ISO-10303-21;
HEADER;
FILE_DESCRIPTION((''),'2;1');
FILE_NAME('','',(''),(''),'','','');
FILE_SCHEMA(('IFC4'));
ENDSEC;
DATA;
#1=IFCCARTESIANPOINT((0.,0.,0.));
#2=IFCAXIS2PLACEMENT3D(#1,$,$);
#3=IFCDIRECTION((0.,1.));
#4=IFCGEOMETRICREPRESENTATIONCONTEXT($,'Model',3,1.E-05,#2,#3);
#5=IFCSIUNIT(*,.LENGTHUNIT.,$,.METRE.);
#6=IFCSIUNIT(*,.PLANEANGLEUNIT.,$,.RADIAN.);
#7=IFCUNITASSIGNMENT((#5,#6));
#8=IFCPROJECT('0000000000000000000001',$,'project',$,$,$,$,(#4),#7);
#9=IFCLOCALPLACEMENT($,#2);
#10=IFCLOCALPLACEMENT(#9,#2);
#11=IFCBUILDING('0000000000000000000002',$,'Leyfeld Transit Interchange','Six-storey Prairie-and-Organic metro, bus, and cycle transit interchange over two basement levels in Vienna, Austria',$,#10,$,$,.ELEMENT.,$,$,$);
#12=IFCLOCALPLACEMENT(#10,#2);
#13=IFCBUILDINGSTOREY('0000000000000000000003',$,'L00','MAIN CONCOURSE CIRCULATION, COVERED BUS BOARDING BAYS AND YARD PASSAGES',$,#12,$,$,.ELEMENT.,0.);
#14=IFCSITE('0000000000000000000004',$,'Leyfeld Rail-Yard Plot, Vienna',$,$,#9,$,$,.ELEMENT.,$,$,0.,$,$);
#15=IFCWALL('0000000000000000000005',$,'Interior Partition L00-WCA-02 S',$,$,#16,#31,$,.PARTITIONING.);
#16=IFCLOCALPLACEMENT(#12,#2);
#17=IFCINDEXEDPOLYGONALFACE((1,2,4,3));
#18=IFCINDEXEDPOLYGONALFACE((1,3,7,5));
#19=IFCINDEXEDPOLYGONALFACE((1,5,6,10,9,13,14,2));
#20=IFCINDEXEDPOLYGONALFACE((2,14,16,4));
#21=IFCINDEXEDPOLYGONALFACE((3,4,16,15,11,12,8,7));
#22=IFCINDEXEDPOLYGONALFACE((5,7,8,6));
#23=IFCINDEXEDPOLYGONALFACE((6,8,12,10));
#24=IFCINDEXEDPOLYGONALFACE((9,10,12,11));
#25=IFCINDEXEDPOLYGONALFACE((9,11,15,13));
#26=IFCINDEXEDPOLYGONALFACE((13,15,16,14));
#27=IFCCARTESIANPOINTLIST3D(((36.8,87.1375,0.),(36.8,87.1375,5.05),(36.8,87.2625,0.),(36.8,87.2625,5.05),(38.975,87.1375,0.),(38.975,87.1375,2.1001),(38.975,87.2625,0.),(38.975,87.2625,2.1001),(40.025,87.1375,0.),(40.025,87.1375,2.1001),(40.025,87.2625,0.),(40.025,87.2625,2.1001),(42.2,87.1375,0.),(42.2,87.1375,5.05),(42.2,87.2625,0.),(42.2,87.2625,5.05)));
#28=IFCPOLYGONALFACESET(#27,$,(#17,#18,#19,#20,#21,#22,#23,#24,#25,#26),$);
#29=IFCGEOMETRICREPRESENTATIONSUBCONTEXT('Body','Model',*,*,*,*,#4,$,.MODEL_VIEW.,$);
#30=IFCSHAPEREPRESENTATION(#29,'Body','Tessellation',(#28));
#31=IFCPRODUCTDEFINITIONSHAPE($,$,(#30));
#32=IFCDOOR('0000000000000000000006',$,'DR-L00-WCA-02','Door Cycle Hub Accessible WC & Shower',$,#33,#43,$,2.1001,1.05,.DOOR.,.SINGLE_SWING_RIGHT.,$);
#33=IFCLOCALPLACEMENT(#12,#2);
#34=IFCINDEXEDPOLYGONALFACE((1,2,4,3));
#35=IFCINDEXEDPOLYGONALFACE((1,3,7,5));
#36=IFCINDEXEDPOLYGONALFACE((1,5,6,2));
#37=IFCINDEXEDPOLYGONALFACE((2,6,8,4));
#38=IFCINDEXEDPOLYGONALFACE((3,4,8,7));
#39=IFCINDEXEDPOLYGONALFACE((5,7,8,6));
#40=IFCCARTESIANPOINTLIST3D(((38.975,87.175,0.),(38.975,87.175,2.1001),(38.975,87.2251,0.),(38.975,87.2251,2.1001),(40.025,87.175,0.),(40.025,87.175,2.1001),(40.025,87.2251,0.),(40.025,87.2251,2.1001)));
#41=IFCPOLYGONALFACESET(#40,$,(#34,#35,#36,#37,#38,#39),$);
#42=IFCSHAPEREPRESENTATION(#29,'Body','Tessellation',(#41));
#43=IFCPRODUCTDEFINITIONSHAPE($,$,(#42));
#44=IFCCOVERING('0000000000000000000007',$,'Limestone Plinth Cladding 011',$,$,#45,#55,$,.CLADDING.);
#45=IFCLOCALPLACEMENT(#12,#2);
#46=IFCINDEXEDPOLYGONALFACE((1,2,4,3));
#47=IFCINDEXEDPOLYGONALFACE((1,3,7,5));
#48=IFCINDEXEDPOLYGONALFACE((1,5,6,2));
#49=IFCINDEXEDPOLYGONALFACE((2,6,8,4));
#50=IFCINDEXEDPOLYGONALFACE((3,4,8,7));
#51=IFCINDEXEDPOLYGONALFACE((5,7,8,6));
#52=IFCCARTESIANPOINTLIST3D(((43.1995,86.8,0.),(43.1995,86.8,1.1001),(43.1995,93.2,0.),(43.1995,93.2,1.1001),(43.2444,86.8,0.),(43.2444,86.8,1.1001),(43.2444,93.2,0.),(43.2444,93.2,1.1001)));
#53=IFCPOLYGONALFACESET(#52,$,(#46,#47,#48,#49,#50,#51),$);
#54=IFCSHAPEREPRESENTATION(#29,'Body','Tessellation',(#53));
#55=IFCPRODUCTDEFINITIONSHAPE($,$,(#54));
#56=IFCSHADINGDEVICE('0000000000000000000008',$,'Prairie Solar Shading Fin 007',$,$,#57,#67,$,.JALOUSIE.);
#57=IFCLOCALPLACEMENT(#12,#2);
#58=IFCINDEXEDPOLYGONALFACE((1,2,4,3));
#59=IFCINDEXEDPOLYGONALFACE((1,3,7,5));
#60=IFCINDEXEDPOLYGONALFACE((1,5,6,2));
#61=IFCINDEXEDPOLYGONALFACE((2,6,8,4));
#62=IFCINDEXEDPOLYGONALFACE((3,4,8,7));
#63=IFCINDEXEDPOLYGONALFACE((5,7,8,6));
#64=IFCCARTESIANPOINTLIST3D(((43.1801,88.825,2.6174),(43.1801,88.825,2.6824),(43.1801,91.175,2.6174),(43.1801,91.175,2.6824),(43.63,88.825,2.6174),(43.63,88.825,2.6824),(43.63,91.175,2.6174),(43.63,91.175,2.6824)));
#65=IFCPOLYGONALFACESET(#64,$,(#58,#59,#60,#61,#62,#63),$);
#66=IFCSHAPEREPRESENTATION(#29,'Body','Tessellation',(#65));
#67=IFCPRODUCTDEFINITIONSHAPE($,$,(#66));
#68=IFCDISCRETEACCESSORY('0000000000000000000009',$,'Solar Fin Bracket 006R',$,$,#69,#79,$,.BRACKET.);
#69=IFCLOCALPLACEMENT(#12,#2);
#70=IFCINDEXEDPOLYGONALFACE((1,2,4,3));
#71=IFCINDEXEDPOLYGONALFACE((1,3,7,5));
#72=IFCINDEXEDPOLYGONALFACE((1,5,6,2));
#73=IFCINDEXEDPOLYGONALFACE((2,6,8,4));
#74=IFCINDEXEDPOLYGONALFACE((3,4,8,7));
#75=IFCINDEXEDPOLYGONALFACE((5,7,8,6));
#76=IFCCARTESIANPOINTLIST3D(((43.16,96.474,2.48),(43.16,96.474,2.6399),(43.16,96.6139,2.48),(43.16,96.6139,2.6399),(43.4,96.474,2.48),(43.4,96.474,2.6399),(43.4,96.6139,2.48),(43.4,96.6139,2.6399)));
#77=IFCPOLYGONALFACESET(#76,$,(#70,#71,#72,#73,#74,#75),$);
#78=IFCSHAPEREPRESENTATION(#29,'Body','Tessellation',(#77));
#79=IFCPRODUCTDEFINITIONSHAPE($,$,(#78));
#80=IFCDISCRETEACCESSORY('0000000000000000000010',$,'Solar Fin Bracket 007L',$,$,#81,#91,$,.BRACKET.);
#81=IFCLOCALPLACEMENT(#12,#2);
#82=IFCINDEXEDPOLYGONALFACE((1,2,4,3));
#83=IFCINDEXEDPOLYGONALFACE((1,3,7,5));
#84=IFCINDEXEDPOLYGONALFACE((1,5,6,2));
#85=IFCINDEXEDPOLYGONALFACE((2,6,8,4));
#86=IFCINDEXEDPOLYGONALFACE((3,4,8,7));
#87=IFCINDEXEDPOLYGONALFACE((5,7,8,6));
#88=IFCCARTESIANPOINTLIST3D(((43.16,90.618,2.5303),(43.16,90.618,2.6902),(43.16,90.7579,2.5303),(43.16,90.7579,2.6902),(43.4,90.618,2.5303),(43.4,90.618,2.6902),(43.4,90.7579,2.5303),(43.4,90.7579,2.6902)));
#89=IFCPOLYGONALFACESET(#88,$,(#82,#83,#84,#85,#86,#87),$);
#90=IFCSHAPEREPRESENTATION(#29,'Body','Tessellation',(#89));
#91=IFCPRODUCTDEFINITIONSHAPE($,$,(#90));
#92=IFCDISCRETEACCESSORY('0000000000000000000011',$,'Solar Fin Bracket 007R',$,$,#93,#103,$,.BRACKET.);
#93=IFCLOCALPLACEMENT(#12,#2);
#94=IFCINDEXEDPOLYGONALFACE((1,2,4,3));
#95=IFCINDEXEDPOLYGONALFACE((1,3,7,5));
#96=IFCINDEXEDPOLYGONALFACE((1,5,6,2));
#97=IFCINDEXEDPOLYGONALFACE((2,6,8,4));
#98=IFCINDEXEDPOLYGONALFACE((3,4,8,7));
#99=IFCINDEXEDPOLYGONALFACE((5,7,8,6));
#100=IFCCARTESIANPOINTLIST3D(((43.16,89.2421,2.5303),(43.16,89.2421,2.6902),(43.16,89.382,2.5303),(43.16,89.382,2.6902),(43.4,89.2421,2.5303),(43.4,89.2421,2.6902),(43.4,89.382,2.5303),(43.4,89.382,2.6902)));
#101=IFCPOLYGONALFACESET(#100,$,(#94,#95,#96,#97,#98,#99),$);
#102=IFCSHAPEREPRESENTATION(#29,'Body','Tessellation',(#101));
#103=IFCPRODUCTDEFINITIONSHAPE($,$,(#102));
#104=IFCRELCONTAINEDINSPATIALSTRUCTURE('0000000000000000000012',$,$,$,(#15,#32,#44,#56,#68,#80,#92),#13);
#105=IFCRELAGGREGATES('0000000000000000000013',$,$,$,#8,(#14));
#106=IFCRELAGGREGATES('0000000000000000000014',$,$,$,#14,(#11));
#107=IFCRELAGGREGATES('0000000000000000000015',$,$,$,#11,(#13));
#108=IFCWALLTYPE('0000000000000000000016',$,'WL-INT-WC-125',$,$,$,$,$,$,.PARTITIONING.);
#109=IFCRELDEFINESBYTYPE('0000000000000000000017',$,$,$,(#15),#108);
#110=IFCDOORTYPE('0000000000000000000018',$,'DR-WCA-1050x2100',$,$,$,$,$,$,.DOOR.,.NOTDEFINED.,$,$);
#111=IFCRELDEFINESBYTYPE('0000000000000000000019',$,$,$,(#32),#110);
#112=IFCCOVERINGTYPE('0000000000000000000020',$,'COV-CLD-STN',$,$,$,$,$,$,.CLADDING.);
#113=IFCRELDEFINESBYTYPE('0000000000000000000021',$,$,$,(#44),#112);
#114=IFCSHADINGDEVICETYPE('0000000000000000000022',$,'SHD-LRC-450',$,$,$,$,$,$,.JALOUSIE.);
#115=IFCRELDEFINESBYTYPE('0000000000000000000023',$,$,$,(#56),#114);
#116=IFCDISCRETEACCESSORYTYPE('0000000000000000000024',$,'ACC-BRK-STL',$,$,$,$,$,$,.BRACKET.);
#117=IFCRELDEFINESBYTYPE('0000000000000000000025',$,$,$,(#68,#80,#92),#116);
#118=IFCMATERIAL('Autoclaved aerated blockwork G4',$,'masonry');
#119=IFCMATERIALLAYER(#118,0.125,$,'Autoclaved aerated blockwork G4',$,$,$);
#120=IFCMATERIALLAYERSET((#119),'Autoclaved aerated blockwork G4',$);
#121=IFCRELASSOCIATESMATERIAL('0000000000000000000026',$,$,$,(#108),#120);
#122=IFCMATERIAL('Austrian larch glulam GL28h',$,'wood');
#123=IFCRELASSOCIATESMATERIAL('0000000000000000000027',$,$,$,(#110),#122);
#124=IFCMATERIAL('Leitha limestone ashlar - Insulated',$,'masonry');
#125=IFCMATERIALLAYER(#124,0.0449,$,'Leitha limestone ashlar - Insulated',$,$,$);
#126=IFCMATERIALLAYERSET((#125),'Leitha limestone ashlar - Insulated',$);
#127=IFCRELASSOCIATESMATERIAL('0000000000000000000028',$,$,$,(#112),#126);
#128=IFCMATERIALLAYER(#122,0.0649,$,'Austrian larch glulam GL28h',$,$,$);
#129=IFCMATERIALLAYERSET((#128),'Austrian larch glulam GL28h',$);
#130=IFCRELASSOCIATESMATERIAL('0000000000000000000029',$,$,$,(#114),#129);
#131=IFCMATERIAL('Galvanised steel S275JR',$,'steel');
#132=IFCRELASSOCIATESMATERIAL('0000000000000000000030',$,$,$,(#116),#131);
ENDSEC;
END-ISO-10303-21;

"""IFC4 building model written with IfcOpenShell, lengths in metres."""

from ifc_helpers import new_model, si_unit, direction, frame, frame_2d, origin, origin_2d, place, context, subcontext, project, spatial, rectangle, extrude, material, layer, layer_set, type_object, element, fill, save


model = new_model("IFC4")

# Units and contexts
model_context = context("Model", 3, precision=1e-05, world=origin(), true_north=direction((0.0, 1.0)))
body_context = subcontext(model_context, "Body", "Model", "MODEL_VIEW")
ifc_project = project(units=[si_unit("LENGTHUNIT", "METRE"), si_unit("PLANEANGLEUNIT", "RADIAN")], contexts=[model_context])

# Site, building, storey
site_placement = place(None, origin())
site = spatial("IfcSite", under=ifc_project, at=site_placement, Name="Leyfeld Rail-Yard Plot, Vienna", CompositionType="ELEMENT", RefElevation=0.0)
building_placement = place(site_placement, origin())
building = spatial("IfcBuilding", under=site, at=building_placement, Name="Leyfeld Transit Interchange", Description="Six-storey Prairie-and-Organic metro, bus, and cycle transit interchange over two basement levels in Vienna, Austria", CompositionType="ELEMENT")
storey_placement = place(building_placement, origin())
storey = spatial("IfcBuildingStorey", under=building, at=storey_placement, Name="L00", Description="MAIN CONCOURSE CIRCULATION, COVERED BUS BOARDING BAYS AND YARD PASSAGES", CompositionType="ELEMENT", Elevation=0.0)

# Wall, opening, door
ifc_material_1 = material(Name="Autoclaved aerated blockwork G4", Category="masonry")
ifc_layer_1 = layer(ifc_material_1, 0.125, Name="Autoclaved aerated blockwork G4")
ifc_layer_set_1 = layer_set([ifc_layer_1], Name="Autoclaved aerated blockwork G4")
wall_type_1 = type_object("IfcWallType", Name="WL-INT-WC-125", PredefinedType="PARTITIONING", material=ifc_layer_set_1)
wall_1_placement = place(storey_placement, frame((42.2, 87.2, 0.0), z_axis=(0.0, 0.0, 1.0), x_axis=(-1.0, 0.0, 0.0)))
wall_1 = element("IfcWall", 1, at=wall_1_placement, inside=storey, type_object=wall_type_1, Name="Interior Partition L00-WCA-02 S", PredefinedType="PARTITIONING", context=body_context, shape_type="SweptSolid", body=[
    extrude(rectangle(XDim=5.3999, YDim=0.125, at=frame_2d((2.7, 0.0))), origin(), (0.0, 0.0, 1.0), 5.05),
])
opening_1_placement = place(wall_1_placement, frame((2.175, 0.0, 0.0)))
opening_1 = element("IfcOpeningElement", 2, at=opening_1_placement, cuts=wall_1, PredefinedType="OPENING", context=body_context, shape_type="SweptSolid", body=[
    extrude(rectangle(XDim=1.05, YDim=2.1001, at=frame_2d((0.5249, 1.05))), frame((0.0, 0.0725, 0.0), z_axis=(0.0, -1.0, 0.0), x_axis=(1.0, 0.0, 0.0)), (0.0, 0.0, 1.0), 0.145),
])
ifc_material_2 = material(Name="Austrian larch glulam GL28h", Category="wood")
door_type = type_object("IfcDoorType", Name="DR-WCA-1050x2100", OperationType="NOTDEFINED", PredefinedType="DOOR", material=ifc_material_2)
door_placement = place(opening_1_placement, origin())
door = element("IfcDoor", 3, at=door_placement, inside=storey, type_object=door_type, Name="DR-L00-WCA-02", Description="Door Cycle Hub Accessible WC & Shower", OperationType="SINGLE_SWING_RIGHT", OverallHeight=2.1001, OverallWidth=1.05, PredefinedType="DOOR", context=body_context, shape_type="SweptSolid", body=[
    extrude(rectangle(XDim=1.05, YDim=2.1001, at=frame_2d((0.5249, 1.05))), frame((0.0, 0.0249, 0.0), z_axis=(0.0, -1.0, 0.0), x_axis=(1.0, 0.0, 0.0)), (0.0, 0.0, 1.0), 0.05),
])
fill(opening_1, door)

# Covering
ifc_material_3 = material(Name="Leitha limestone ashlar - Insulated", Category="masonry")
ifc_layer_2 = layer(ifc_material_3, 0.0449, Name="Leitha limestone ashlar - Insulated")
ifc_layer_set_2 = layer_set([ifc_layer_2], Name="Leitha limestone ashlar - Insulated")
covering_type = type_object("IfcCoveringType", Name="COV-CLD-STN", PredefinedType="CLADDING", material=ifc_layer_set_2)
covering_placement = place(storey_placement, frame((43.2219, 90.0, 0.0), z_axis=(0.0, 0.0, 1.0), x_axis=(0.0, -1.0, 0.0)))
element("IfcCovering", 4, at=covering_placement, inside=storey, type_object=covering_type, Name="Limestone Plinth Cladding 011", PredefinedType="CLADDING", context=body_context, shape_type="SweptSolid", body=[
    extrude(rectangle(XDim=6.3999, YDim=0.0449, at=origin_2d()), origin(), (0.0, 0.0, 1.0), 1.1001),
])

# Shading device
ifc_layer_3 = layer(ifc_material_2, 0.0649, Name="Austrian larch glulam GL28h")
ifc_layer_set_3 = layer_set([ifc_layer_3], Name="Austrian larch glulam GL28h")
shading_device_type = type_object("IfcShadingDeviceType", Name="SHD-LRC-450", PredefinedType="JALOUSIE", material=ifc_layer_set_3)
shading_device_placement = place(storey_placement, frame((43.405, 90.0, 2.6174), z_axis=(0.0, 0.0, 1.0), x_axis=(0.0, -1.0, 0.0)))
element("IfcShadingDevice", 5, at=shading_device_placement, inside=storey, type_object=shading_device_type, Name="Prairie Solar Shading Fin 007", PredefinedType="JALOUSIE", context=body_context, shape_type="SweptSolid", body=[
    extrude(rectangle(XDim=2.3501, YDim=0.45, at=origin_2d()), origin(), (0.0, 0.0, 1.0), 0.0649),
])

# Discrete accessories
ifc_material_4 = material(Name="Galvanised steel S275JR", Category="steel")
discrete_accessory_type = type_object("IfcDiscreteAccessoryType", Name="ACC-BRK-STL", PredefinedType="BRACKET", material=ifc_material_4)
for number, where, z_axis, x_axis, name in (
    (6, (43.28, 96.5439, 2.48), (0.0, 0.0, 1.0), (0.0, -1.0, 0.0), "Solar Fin Bracket 006R"),
    (7, (43.28, 90.688, 2.5303), (0.0, 0.0, 1.0), (0.0, -1.0, 0.0), "Solar Fin Bracket 007L"),
    (8, (43.28, 89.312, 2.5303), (0.0, 0.0, 1.0), (0.0, -1.0, 0.0), "Solar Fin Bracket 007R"),
):
    element("IfcDiscreteAccessory", number, at=place(storey_placement, frame(where, z_axis=z_axis, x_axis=x_axis)), inside=storey, type_object=discrete_accessory_type, Name=name, PredefinedType="BRACKET", context=body_context, shape_type="SweptSolid", body=[
        extrude(rectangle(XDim=0.1399, YDim=0.24, at=origin_2d()), origin(), (0.0, 0.0, 1.0), 0.1599),
    ])

save(model, "model.ifc")
